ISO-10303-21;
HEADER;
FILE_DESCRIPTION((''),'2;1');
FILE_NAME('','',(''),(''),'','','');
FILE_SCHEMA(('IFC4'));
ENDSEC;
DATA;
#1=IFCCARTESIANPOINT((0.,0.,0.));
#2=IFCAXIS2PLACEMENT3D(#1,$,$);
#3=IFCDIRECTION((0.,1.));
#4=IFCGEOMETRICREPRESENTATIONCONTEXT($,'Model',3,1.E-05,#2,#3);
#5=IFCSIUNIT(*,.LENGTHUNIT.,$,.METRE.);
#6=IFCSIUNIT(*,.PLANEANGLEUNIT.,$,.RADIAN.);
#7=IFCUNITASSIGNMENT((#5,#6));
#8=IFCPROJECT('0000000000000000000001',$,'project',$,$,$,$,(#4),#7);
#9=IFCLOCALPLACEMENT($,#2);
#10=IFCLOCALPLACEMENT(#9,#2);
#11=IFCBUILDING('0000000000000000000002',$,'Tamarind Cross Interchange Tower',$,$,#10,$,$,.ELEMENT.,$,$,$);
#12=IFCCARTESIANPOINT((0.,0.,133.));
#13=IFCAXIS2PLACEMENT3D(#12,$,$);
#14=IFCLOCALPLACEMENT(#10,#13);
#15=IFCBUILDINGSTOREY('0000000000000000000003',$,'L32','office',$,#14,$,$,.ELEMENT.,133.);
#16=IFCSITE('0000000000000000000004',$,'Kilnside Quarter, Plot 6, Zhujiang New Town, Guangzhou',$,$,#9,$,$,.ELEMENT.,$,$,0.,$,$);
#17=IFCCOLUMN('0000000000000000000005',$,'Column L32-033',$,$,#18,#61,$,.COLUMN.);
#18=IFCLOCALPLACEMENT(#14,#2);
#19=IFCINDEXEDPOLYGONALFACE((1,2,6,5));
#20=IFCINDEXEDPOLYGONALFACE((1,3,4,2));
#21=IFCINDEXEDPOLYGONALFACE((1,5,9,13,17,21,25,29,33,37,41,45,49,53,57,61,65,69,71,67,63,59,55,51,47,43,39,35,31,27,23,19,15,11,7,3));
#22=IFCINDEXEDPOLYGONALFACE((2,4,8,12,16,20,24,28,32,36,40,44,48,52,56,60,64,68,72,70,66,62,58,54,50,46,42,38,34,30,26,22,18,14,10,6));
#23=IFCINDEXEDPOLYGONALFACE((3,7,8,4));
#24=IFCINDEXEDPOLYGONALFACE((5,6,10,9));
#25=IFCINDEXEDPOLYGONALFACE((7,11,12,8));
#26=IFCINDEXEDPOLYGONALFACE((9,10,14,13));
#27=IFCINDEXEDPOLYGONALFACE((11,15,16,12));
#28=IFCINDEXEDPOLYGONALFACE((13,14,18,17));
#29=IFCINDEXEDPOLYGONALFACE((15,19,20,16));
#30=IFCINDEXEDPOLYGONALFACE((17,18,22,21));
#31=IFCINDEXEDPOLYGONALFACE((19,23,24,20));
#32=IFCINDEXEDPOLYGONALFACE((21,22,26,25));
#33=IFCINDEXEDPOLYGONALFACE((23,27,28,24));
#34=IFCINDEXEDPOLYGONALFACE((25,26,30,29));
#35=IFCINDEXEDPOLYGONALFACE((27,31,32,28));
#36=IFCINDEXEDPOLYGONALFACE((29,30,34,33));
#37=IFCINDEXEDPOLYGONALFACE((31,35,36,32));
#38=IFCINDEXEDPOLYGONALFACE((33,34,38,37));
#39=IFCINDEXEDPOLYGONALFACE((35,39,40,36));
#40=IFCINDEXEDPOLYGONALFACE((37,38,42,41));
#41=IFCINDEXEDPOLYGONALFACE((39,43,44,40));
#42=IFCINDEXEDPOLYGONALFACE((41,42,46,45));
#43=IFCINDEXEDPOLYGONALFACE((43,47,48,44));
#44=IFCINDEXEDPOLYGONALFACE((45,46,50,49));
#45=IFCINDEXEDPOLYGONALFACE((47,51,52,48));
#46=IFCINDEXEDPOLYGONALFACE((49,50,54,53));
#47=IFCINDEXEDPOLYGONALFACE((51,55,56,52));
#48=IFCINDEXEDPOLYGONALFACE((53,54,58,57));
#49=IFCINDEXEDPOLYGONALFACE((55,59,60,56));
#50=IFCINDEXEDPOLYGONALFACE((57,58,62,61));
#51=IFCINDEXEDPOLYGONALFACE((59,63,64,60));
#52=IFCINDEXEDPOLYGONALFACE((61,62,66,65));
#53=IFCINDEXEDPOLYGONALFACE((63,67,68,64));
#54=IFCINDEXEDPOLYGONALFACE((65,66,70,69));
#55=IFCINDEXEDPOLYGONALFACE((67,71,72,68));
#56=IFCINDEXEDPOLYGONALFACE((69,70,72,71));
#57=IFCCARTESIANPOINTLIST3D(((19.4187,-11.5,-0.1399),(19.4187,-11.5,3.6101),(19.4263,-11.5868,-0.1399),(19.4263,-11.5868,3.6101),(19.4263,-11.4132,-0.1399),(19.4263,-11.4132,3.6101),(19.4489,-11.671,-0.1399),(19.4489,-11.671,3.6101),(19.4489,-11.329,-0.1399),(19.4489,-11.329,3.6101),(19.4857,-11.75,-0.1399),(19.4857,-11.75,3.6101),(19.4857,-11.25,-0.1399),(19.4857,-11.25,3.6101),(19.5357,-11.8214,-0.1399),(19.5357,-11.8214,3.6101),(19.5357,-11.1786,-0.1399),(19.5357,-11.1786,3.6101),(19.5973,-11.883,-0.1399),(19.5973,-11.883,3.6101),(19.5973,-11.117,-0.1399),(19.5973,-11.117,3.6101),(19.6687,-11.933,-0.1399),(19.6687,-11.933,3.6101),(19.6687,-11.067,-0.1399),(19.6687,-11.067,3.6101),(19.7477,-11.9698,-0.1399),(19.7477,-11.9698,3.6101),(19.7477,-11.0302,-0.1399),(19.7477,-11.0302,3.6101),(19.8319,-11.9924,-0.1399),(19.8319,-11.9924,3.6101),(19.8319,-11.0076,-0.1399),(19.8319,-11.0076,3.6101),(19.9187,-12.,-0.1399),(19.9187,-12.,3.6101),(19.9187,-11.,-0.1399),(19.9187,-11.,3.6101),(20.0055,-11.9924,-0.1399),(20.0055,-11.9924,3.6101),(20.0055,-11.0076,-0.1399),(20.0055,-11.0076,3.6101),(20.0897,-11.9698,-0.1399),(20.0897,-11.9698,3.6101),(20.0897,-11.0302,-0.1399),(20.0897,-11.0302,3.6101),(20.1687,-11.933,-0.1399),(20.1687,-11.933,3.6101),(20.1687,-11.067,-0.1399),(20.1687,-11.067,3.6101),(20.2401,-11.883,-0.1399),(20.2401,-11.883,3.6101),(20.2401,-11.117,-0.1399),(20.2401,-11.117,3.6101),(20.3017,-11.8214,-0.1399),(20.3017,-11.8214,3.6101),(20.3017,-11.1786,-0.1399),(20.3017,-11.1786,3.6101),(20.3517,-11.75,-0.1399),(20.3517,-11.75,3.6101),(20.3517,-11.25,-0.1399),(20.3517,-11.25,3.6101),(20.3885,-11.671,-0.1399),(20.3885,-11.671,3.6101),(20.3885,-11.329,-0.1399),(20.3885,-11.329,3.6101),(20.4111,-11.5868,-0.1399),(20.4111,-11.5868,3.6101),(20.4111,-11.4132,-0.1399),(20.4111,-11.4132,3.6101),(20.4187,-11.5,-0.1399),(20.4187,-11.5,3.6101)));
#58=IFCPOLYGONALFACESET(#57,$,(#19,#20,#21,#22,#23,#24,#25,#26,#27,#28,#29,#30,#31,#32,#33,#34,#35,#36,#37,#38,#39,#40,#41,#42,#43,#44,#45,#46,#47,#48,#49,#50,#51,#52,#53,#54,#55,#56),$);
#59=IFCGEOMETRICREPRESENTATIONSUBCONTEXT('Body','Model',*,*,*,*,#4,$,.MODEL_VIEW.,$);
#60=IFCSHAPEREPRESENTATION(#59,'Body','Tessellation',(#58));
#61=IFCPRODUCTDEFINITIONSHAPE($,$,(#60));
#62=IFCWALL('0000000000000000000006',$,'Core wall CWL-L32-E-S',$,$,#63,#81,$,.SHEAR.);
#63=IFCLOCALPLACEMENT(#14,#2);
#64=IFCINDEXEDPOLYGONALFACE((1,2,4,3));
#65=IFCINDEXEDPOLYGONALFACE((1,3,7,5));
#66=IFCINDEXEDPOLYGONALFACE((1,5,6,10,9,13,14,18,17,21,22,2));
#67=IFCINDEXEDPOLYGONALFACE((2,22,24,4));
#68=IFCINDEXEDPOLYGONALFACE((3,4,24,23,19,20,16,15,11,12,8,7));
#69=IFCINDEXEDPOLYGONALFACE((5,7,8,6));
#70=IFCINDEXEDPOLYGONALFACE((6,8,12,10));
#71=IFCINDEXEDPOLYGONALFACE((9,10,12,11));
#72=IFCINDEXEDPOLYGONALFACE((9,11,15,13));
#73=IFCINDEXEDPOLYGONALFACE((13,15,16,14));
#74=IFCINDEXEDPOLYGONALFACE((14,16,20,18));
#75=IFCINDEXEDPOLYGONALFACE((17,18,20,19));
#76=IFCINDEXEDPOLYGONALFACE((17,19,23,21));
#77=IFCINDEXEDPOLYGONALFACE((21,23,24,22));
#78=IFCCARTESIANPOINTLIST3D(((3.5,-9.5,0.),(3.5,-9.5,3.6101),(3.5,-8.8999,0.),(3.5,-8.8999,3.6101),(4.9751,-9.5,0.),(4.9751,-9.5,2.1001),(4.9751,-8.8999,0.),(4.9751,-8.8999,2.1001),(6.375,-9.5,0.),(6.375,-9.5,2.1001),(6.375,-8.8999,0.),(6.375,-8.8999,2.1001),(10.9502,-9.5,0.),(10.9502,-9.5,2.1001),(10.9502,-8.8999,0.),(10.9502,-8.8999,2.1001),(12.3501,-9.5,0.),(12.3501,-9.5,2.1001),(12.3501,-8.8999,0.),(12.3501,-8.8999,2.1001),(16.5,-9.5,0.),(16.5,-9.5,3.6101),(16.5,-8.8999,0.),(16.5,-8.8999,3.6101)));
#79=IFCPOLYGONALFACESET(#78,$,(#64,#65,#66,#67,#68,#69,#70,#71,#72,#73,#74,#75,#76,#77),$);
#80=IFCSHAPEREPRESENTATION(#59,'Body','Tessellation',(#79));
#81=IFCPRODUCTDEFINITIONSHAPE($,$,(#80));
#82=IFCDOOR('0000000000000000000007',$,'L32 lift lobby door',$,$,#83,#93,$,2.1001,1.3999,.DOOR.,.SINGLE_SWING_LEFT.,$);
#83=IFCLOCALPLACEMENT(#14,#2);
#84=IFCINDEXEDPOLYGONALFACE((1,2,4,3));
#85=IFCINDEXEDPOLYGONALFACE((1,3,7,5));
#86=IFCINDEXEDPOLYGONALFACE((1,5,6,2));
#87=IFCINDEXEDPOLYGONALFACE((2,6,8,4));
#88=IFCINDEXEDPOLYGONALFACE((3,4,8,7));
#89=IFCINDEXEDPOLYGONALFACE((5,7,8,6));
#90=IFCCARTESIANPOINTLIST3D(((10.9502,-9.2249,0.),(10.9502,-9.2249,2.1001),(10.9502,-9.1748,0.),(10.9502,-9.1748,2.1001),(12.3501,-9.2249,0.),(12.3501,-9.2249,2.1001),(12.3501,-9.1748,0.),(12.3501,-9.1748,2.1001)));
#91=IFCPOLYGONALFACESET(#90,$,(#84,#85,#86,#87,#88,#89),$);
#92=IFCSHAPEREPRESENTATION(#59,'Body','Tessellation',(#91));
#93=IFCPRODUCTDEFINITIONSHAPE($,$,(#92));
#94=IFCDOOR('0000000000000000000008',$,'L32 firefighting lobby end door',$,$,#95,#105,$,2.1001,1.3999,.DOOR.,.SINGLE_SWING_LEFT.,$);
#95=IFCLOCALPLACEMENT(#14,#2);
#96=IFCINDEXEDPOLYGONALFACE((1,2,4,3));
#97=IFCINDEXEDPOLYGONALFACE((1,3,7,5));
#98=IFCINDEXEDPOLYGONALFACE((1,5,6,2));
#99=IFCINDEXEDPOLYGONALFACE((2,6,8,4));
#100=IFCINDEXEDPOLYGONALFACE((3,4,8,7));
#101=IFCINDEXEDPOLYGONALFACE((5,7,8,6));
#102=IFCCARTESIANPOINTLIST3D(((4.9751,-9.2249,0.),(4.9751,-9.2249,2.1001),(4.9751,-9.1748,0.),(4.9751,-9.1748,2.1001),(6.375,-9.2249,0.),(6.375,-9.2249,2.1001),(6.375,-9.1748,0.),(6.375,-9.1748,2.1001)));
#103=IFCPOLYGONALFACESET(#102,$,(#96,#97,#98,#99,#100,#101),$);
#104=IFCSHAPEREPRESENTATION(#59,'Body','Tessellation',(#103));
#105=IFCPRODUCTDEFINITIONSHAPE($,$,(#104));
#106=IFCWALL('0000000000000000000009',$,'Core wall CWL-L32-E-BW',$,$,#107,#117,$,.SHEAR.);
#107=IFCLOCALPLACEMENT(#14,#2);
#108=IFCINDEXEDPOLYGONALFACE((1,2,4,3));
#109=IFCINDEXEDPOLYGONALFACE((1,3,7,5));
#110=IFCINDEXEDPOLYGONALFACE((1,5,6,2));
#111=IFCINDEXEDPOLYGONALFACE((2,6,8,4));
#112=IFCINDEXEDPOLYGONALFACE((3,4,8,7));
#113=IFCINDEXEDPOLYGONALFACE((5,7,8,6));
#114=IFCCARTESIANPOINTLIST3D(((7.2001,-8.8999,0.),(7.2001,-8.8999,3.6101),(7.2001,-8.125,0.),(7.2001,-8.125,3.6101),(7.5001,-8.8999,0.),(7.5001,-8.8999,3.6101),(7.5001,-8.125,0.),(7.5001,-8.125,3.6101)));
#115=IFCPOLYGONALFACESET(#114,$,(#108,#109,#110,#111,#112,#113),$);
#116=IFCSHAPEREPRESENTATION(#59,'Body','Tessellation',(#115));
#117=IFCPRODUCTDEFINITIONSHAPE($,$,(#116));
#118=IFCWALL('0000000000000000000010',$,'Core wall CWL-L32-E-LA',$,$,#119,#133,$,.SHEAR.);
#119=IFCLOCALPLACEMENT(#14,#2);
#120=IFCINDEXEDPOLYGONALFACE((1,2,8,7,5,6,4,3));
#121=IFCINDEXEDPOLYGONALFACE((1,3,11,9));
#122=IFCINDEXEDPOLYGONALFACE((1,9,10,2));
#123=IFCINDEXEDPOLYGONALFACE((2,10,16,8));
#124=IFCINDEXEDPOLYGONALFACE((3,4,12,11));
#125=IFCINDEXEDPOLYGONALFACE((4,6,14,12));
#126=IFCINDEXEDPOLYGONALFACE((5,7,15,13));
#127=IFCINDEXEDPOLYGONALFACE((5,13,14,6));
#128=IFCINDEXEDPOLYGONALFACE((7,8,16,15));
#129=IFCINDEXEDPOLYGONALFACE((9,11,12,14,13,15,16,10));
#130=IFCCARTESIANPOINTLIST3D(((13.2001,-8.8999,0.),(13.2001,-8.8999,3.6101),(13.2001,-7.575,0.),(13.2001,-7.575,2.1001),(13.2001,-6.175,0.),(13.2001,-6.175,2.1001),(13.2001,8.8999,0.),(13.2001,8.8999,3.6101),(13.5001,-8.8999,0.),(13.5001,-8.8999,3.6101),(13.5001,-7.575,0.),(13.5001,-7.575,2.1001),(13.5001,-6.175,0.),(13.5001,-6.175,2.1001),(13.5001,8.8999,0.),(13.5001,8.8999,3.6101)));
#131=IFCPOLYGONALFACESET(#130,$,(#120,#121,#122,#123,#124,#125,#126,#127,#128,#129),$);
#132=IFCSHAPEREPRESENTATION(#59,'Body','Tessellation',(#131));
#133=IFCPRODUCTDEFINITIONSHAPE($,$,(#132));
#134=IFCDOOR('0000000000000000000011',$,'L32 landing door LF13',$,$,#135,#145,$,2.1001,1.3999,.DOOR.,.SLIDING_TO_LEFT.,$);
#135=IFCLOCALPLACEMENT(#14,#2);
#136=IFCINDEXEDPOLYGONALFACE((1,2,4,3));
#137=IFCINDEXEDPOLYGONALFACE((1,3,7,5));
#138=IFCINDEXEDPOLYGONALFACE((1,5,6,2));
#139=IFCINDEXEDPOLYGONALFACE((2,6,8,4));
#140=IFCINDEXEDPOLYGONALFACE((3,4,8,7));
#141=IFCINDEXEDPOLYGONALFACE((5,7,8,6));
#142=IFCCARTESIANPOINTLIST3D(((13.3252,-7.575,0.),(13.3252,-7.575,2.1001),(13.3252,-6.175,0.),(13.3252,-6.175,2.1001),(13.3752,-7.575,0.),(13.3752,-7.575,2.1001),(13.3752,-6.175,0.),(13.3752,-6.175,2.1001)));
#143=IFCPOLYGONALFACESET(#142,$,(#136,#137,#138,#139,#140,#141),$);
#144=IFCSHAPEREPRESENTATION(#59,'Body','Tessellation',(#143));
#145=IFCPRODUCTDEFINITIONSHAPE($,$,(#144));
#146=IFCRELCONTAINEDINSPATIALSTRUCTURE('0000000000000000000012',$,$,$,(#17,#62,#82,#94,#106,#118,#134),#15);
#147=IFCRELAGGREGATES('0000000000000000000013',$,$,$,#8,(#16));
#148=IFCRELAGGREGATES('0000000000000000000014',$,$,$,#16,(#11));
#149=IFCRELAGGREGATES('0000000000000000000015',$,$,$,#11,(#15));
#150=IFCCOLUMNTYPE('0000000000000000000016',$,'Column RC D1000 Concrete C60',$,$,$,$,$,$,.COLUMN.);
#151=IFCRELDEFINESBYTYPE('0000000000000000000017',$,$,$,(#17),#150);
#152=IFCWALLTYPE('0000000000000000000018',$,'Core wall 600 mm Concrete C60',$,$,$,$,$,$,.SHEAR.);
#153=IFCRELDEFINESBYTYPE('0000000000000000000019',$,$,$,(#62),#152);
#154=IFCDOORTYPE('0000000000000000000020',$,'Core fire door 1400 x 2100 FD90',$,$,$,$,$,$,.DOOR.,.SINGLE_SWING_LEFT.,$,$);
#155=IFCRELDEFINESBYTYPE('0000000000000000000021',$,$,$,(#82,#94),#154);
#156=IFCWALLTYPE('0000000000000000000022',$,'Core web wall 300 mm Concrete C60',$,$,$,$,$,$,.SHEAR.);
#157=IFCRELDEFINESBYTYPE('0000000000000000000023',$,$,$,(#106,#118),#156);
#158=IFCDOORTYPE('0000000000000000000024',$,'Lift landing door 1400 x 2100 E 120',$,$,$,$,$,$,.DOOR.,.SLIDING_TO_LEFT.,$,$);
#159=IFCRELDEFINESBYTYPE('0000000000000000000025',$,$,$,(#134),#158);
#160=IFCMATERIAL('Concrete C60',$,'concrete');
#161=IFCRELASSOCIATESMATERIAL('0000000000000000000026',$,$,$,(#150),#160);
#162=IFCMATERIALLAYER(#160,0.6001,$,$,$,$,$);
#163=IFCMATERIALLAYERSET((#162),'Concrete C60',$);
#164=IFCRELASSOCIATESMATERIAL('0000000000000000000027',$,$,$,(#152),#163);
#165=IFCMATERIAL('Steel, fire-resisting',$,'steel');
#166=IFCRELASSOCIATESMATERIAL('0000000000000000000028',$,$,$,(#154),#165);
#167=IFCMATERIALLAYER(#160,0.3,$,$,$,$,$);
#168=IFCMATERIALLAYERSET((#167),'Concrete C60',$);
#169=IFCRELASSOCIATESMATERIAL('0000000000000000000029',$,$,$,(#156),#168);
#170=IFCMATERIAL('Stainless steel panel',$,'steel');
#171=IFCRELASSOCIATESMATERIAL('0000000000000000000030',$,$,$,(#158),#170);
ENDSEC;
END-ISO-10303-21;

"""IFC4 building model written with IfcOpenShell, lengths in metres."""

from ifc_helpers import new_model, si_unit, direction, frame, frame_2d, origin, origin_2d, place, context, subcontext, project, spatial, rectangle, circle, extrude, material, layer, layer_set, material_profile, profile_set, type_object, element, fill, save


model = new_model("IFC4")

# Units and contexts
model_context = context("Model", 3, precision=1e-05, world=origin(), true_north=direction((0.0, 1.0)))
body_context = subcontext(model_context, "Body", "Model", "MODEL_VIEW")
ifc_project = project(units=[si_unit("LENGTHUNIT", "METRE"), si_unit("PLANEANGLEUNIT", "RADIAN")], contexts=[model_context])

# Site, building, storey
site_placement = place(None, origin())
site = spatial("IfcSite", under=ifc_project, at=site_placement, Name="Kilnside Quarter, Plot 6, Zhujiang New Town, Guangzhou", CompositionType="ELEMENT", RefElevation=0.0)
building_placement = place(site_placement, origin())
building = spatial("IfcBuilding", under=site, at=building_placement, Name="Tamarind Cross Interchange Tower", CompositionType="ELEMENT")
storey_placement = place(building_placement, frame((0.0, 0.0, 133.0)))
storey = spatial("IfcBuildingStorey", under=building, at=storey_placement, Name="L32", Description="office", CompositionType="ELEMENT", Elevation=133.0)

# Column
ifc_material_1 = material(Name="Concrete C60", Category="concrete")
ifc_material_profile = material_profile(ifc_material_1, circle(Radius=0.5, at=origin_2d()), Name="RC D1000")
ifc_profile_set = profile_set([ifc_material_profile], Name="Concrete C60")
column_type = type_object("IfcColumnType", Name="Column RC D1000 Concrete C60", PredefinedType="COLUMN", material=ifc_profile_set)
column_placement = place(storey_placement, frame((19.9187, -11.5, -0.1399), z_axis=(0.0, 0.0, 1.0), x_axis=(1.0, 0.0, 0.0)))
element("IfcColumn", 1, at=column_placement, inside=storey, type_object=column_type, Name="Column L32-033", PredefinedType="COLUMN", context=body_context, shape_type="SweptSolid", body=[
    extrude(circle(Radius=0.5, at=origin_2d()), origin(), (0.0, 0.0, 1.0), 3.75),
])

# Wall, openings, doors
ifc_layer_1 = layer(ifc_material_1, 0.6001)
ifc_layer_set_1 = layer_set([ifc_layer_1], Name="Concrete C60")
wall_type_1 = type_object("IfcWallType", Name="Core wall 600 mm Concrete C60", PredefinedType="SHEAR", material=ifc_layer_set_1)
wall_1_placement = place(storey_placement, frame((16.5, -9.2, 0.0), z_axis=(0.0, 0.0, 1.0), x_axis=(-1.0, 0.0, 0.0)))
wall_1 = element("IfcWall", 2, at=wall_1_placement, inside=storey, type_object=wall_type_1, Name="Core wall CWL-L32-E-S", PredefinedType="SHEAR", context=body_context, shape_type="SweptSolid", body=[
    extrude(rectangle(XDim=13.0, YDim=0.6001, at=frame_2d((6.5, 0.0))), origin(), (0.0, 0.0, 1.0), 3.6101),
])
opening_1_placement = place(wall_1_placement, frame((4.1499, 0.0, 0.0)))
opening_1 = element("IfcOpeningElement", 3, at=opening_1_placement, cuts=wall_1, PredefinedType="OPENING", context=body_context, shape_type="SweptSolid", body=[
    extrude(rectangle(XDim=1.3999, YDim=2.1001, at=frame_2d((0.7, 1.05))), frame((0.0, 0.3101, 0.0), z_axis=(0.0, -1.0, 0.0), x_axis=(1.0, 0.0, 0.0)), (0.0, 0.0, 1.0), 0.6201),
])
opening_2_placement = place(wall_1_placement, frame((10.125, 0.0, 0.0)))
opening_2 = element("IfcOpeningElement", 4, at=opening_2_placement, cuts=wall_1, PredefinedType="OPENING", context=body_context, shape_type="SweptSolid", body=[
    extrude(rectangle(XDim=1.3999, YDim=2.1001, at=frame_2d((0.7, 1.05))), frame((0.0, 0.3101, 0.0), z_axis=(0.0, -1.0, 0.0), x_axis=(1.0, 0.0, 0.0)), (0.0, 0.0, 1.0), 0.6201),
])
ifc_material_2 = material(Name="Steel, fire-resisting", Category="steel")
door_type_1 = type_object("IfcDoorType", Name="Core fire door 1400 x 2100 FD90", OperationType="SINGLE_SWING_LEFT", PredefinedType="DOOR", material=ifc_material_2)
door_1_placement = place(opening_1_placement, origin())
door_1 = element("IfcDoor", 5, at=door_1_placement, inside=storey, type_object=door_type_1, Name="L32 lift lobby door", OperationType="SINGLE_SWING_LEFT", OverallHeight=2.1001, OverallWidth=1.3999, PredefinedType="DOOR", context=body_context, shape_type="SweptSolid", body=[
    extrude(rectangle(XDim=1.3999, YDim=2.1001, at=frame_2d((0.7, 1.05))), frame((0.0, 0.0249, 0.0), z_axis=(0.0, -1.0, 0.0), x_axis=(1.0, 0.0, 0.0)), (0.0, 0.0, 1.0), 0.05),
])
fill(opening_1, door_1)
door_2_placement = place(opening_2_placement, origin())
door_2 = element("IfcDoor", 6, at=door_2_placement, inside=storey, type_object=door_type_1, Name="L32 firefighting lobby end door", OperationType="SINGLE_SWING_LEFT", OverallHeight=2.1001, OverallWidth=1.3999, PredefinedType="DOOR", context=body_context, shape_type="SweptSolid", body=[
    extrude(rectangle(XDim=1.3999, YDim=2.1001, at=frame_2d((0.7, 1.05))), frame((0.0, 0.0249, 0.0), z_axis=(0.0, -1.0, 0.0), x_axis=(1.0, 0.0, 0.0)), (0.0, 0.0, 1.0), 0.05),
])
fill(opening_2, door_2)

# Wall
ifc_layer_2 = layer(ifc_material_1, 0.3)
ifc_layer_set_2 = layer_set([ifc_layer_2], Name="Concrete C60")
wall_type_2 = type_object("IfcWallType", Name="Core web wall 300 mm Concrete C60", PredefinedType="SHEAR", material=ifc_layer_set_2)
wall_2_placement = place(storey_placement, frame((7.3501, -8.8999, 0.0), z_axis=(0.0, 0.0, 1.0), x_axis=(0.0, 1.0, 0.0)))
element("IfcWall", 7, at=wall_2_placement, inside=storey, type_object=wall_type_2, Name="Core wall CWL-L32-E-BW", PredefinedType="SHEAR", context=body_context, shape_type="SweptSolid", body=[
    extrude(rectangle(XDim=0.7749, YDim=0.3, at=frame_2d((0.3875, 0.0))), origin(), (0.0, 0.0, 1.0), 3.6101),
])

# Wall, opening, door
wall_3_placement = place(storey_placement, frame((13.3501, -8.8999, 0.0), z_axis=(0.0, 0.0, 1.0), x_axis=(0.0, 1.0, 0.0)))
wall_3 = element("IfcWall", 8, at=wall_3_placement, inside=storey, type_object=wall_type_2, Name="Core wall CWL-L32-E-LA", PredefinedType="SHEAR", context=body_context, shape_type="SweptSolid", body=[
    extrude(rectangle(XDim=17.7998, YDim=0.3, at=frame_2d((8.8999, 0.0))), origin(), (0.0, 0.0, 1.0), 3.6101),
])
opening_3_placement = place(wall_3_placement, frame((1.325, 0.0, 0.0)))
opening_3 = element("IfcOpeningElement", 9, at=opening_3_placement, cuts=wall_3, PredefinedType="OPENING", context=body_context, shape_type="SweptSolid", body=[
    extrude(rectangle(XDim=1.3999, YDim=2.1001, at=frame_2d((0.7, 1.05))), frame((0.0, 0.1599, 0.0), z_axis=(0.0, -1.0, 0.0), x_axis=(1.0, 0.0, 0.0)), (0.0, 0.0, 1.0), 0.3201),
])
ifc_material_3 = material(Name="Stainless steel panel", Category="steel")
door_type_2 = type_object("IfcDoorType", Name="Lift landing door 1400 x 2100 E 120", OperationType="SLIDING_TO_LEFT", PredefinedType="DOOR", material=ifc_material_3)
door_3_placement = place(opening_3_placement, origin())
door_3 = element("IfcDoor", 10, at=door_3_placement, inside=storey, type_object=door_type_2, Name="L32 landing door LF13", OperationType="SLIDING_TO_LEFT", OverallHeight=2.1001, OverallWidth=1.3999, PredefinedType="DOOR", context=body_context, shape_type="SweptSolid", body=[
    extrude(rectangle(XDim=1.3999, YDim=2.1001, at=frame_2d((0.7, 1.05))), frame((0.0, 0.0249, 0.0), z_axis=(0.0, -1.0, 0.0), x_axis=(1.0, 0.0, 0.0)), (0.0, 0.0, 1.0), 0.05),
])
fill(opening_3, door_3)

save(model, "model.ifc")
